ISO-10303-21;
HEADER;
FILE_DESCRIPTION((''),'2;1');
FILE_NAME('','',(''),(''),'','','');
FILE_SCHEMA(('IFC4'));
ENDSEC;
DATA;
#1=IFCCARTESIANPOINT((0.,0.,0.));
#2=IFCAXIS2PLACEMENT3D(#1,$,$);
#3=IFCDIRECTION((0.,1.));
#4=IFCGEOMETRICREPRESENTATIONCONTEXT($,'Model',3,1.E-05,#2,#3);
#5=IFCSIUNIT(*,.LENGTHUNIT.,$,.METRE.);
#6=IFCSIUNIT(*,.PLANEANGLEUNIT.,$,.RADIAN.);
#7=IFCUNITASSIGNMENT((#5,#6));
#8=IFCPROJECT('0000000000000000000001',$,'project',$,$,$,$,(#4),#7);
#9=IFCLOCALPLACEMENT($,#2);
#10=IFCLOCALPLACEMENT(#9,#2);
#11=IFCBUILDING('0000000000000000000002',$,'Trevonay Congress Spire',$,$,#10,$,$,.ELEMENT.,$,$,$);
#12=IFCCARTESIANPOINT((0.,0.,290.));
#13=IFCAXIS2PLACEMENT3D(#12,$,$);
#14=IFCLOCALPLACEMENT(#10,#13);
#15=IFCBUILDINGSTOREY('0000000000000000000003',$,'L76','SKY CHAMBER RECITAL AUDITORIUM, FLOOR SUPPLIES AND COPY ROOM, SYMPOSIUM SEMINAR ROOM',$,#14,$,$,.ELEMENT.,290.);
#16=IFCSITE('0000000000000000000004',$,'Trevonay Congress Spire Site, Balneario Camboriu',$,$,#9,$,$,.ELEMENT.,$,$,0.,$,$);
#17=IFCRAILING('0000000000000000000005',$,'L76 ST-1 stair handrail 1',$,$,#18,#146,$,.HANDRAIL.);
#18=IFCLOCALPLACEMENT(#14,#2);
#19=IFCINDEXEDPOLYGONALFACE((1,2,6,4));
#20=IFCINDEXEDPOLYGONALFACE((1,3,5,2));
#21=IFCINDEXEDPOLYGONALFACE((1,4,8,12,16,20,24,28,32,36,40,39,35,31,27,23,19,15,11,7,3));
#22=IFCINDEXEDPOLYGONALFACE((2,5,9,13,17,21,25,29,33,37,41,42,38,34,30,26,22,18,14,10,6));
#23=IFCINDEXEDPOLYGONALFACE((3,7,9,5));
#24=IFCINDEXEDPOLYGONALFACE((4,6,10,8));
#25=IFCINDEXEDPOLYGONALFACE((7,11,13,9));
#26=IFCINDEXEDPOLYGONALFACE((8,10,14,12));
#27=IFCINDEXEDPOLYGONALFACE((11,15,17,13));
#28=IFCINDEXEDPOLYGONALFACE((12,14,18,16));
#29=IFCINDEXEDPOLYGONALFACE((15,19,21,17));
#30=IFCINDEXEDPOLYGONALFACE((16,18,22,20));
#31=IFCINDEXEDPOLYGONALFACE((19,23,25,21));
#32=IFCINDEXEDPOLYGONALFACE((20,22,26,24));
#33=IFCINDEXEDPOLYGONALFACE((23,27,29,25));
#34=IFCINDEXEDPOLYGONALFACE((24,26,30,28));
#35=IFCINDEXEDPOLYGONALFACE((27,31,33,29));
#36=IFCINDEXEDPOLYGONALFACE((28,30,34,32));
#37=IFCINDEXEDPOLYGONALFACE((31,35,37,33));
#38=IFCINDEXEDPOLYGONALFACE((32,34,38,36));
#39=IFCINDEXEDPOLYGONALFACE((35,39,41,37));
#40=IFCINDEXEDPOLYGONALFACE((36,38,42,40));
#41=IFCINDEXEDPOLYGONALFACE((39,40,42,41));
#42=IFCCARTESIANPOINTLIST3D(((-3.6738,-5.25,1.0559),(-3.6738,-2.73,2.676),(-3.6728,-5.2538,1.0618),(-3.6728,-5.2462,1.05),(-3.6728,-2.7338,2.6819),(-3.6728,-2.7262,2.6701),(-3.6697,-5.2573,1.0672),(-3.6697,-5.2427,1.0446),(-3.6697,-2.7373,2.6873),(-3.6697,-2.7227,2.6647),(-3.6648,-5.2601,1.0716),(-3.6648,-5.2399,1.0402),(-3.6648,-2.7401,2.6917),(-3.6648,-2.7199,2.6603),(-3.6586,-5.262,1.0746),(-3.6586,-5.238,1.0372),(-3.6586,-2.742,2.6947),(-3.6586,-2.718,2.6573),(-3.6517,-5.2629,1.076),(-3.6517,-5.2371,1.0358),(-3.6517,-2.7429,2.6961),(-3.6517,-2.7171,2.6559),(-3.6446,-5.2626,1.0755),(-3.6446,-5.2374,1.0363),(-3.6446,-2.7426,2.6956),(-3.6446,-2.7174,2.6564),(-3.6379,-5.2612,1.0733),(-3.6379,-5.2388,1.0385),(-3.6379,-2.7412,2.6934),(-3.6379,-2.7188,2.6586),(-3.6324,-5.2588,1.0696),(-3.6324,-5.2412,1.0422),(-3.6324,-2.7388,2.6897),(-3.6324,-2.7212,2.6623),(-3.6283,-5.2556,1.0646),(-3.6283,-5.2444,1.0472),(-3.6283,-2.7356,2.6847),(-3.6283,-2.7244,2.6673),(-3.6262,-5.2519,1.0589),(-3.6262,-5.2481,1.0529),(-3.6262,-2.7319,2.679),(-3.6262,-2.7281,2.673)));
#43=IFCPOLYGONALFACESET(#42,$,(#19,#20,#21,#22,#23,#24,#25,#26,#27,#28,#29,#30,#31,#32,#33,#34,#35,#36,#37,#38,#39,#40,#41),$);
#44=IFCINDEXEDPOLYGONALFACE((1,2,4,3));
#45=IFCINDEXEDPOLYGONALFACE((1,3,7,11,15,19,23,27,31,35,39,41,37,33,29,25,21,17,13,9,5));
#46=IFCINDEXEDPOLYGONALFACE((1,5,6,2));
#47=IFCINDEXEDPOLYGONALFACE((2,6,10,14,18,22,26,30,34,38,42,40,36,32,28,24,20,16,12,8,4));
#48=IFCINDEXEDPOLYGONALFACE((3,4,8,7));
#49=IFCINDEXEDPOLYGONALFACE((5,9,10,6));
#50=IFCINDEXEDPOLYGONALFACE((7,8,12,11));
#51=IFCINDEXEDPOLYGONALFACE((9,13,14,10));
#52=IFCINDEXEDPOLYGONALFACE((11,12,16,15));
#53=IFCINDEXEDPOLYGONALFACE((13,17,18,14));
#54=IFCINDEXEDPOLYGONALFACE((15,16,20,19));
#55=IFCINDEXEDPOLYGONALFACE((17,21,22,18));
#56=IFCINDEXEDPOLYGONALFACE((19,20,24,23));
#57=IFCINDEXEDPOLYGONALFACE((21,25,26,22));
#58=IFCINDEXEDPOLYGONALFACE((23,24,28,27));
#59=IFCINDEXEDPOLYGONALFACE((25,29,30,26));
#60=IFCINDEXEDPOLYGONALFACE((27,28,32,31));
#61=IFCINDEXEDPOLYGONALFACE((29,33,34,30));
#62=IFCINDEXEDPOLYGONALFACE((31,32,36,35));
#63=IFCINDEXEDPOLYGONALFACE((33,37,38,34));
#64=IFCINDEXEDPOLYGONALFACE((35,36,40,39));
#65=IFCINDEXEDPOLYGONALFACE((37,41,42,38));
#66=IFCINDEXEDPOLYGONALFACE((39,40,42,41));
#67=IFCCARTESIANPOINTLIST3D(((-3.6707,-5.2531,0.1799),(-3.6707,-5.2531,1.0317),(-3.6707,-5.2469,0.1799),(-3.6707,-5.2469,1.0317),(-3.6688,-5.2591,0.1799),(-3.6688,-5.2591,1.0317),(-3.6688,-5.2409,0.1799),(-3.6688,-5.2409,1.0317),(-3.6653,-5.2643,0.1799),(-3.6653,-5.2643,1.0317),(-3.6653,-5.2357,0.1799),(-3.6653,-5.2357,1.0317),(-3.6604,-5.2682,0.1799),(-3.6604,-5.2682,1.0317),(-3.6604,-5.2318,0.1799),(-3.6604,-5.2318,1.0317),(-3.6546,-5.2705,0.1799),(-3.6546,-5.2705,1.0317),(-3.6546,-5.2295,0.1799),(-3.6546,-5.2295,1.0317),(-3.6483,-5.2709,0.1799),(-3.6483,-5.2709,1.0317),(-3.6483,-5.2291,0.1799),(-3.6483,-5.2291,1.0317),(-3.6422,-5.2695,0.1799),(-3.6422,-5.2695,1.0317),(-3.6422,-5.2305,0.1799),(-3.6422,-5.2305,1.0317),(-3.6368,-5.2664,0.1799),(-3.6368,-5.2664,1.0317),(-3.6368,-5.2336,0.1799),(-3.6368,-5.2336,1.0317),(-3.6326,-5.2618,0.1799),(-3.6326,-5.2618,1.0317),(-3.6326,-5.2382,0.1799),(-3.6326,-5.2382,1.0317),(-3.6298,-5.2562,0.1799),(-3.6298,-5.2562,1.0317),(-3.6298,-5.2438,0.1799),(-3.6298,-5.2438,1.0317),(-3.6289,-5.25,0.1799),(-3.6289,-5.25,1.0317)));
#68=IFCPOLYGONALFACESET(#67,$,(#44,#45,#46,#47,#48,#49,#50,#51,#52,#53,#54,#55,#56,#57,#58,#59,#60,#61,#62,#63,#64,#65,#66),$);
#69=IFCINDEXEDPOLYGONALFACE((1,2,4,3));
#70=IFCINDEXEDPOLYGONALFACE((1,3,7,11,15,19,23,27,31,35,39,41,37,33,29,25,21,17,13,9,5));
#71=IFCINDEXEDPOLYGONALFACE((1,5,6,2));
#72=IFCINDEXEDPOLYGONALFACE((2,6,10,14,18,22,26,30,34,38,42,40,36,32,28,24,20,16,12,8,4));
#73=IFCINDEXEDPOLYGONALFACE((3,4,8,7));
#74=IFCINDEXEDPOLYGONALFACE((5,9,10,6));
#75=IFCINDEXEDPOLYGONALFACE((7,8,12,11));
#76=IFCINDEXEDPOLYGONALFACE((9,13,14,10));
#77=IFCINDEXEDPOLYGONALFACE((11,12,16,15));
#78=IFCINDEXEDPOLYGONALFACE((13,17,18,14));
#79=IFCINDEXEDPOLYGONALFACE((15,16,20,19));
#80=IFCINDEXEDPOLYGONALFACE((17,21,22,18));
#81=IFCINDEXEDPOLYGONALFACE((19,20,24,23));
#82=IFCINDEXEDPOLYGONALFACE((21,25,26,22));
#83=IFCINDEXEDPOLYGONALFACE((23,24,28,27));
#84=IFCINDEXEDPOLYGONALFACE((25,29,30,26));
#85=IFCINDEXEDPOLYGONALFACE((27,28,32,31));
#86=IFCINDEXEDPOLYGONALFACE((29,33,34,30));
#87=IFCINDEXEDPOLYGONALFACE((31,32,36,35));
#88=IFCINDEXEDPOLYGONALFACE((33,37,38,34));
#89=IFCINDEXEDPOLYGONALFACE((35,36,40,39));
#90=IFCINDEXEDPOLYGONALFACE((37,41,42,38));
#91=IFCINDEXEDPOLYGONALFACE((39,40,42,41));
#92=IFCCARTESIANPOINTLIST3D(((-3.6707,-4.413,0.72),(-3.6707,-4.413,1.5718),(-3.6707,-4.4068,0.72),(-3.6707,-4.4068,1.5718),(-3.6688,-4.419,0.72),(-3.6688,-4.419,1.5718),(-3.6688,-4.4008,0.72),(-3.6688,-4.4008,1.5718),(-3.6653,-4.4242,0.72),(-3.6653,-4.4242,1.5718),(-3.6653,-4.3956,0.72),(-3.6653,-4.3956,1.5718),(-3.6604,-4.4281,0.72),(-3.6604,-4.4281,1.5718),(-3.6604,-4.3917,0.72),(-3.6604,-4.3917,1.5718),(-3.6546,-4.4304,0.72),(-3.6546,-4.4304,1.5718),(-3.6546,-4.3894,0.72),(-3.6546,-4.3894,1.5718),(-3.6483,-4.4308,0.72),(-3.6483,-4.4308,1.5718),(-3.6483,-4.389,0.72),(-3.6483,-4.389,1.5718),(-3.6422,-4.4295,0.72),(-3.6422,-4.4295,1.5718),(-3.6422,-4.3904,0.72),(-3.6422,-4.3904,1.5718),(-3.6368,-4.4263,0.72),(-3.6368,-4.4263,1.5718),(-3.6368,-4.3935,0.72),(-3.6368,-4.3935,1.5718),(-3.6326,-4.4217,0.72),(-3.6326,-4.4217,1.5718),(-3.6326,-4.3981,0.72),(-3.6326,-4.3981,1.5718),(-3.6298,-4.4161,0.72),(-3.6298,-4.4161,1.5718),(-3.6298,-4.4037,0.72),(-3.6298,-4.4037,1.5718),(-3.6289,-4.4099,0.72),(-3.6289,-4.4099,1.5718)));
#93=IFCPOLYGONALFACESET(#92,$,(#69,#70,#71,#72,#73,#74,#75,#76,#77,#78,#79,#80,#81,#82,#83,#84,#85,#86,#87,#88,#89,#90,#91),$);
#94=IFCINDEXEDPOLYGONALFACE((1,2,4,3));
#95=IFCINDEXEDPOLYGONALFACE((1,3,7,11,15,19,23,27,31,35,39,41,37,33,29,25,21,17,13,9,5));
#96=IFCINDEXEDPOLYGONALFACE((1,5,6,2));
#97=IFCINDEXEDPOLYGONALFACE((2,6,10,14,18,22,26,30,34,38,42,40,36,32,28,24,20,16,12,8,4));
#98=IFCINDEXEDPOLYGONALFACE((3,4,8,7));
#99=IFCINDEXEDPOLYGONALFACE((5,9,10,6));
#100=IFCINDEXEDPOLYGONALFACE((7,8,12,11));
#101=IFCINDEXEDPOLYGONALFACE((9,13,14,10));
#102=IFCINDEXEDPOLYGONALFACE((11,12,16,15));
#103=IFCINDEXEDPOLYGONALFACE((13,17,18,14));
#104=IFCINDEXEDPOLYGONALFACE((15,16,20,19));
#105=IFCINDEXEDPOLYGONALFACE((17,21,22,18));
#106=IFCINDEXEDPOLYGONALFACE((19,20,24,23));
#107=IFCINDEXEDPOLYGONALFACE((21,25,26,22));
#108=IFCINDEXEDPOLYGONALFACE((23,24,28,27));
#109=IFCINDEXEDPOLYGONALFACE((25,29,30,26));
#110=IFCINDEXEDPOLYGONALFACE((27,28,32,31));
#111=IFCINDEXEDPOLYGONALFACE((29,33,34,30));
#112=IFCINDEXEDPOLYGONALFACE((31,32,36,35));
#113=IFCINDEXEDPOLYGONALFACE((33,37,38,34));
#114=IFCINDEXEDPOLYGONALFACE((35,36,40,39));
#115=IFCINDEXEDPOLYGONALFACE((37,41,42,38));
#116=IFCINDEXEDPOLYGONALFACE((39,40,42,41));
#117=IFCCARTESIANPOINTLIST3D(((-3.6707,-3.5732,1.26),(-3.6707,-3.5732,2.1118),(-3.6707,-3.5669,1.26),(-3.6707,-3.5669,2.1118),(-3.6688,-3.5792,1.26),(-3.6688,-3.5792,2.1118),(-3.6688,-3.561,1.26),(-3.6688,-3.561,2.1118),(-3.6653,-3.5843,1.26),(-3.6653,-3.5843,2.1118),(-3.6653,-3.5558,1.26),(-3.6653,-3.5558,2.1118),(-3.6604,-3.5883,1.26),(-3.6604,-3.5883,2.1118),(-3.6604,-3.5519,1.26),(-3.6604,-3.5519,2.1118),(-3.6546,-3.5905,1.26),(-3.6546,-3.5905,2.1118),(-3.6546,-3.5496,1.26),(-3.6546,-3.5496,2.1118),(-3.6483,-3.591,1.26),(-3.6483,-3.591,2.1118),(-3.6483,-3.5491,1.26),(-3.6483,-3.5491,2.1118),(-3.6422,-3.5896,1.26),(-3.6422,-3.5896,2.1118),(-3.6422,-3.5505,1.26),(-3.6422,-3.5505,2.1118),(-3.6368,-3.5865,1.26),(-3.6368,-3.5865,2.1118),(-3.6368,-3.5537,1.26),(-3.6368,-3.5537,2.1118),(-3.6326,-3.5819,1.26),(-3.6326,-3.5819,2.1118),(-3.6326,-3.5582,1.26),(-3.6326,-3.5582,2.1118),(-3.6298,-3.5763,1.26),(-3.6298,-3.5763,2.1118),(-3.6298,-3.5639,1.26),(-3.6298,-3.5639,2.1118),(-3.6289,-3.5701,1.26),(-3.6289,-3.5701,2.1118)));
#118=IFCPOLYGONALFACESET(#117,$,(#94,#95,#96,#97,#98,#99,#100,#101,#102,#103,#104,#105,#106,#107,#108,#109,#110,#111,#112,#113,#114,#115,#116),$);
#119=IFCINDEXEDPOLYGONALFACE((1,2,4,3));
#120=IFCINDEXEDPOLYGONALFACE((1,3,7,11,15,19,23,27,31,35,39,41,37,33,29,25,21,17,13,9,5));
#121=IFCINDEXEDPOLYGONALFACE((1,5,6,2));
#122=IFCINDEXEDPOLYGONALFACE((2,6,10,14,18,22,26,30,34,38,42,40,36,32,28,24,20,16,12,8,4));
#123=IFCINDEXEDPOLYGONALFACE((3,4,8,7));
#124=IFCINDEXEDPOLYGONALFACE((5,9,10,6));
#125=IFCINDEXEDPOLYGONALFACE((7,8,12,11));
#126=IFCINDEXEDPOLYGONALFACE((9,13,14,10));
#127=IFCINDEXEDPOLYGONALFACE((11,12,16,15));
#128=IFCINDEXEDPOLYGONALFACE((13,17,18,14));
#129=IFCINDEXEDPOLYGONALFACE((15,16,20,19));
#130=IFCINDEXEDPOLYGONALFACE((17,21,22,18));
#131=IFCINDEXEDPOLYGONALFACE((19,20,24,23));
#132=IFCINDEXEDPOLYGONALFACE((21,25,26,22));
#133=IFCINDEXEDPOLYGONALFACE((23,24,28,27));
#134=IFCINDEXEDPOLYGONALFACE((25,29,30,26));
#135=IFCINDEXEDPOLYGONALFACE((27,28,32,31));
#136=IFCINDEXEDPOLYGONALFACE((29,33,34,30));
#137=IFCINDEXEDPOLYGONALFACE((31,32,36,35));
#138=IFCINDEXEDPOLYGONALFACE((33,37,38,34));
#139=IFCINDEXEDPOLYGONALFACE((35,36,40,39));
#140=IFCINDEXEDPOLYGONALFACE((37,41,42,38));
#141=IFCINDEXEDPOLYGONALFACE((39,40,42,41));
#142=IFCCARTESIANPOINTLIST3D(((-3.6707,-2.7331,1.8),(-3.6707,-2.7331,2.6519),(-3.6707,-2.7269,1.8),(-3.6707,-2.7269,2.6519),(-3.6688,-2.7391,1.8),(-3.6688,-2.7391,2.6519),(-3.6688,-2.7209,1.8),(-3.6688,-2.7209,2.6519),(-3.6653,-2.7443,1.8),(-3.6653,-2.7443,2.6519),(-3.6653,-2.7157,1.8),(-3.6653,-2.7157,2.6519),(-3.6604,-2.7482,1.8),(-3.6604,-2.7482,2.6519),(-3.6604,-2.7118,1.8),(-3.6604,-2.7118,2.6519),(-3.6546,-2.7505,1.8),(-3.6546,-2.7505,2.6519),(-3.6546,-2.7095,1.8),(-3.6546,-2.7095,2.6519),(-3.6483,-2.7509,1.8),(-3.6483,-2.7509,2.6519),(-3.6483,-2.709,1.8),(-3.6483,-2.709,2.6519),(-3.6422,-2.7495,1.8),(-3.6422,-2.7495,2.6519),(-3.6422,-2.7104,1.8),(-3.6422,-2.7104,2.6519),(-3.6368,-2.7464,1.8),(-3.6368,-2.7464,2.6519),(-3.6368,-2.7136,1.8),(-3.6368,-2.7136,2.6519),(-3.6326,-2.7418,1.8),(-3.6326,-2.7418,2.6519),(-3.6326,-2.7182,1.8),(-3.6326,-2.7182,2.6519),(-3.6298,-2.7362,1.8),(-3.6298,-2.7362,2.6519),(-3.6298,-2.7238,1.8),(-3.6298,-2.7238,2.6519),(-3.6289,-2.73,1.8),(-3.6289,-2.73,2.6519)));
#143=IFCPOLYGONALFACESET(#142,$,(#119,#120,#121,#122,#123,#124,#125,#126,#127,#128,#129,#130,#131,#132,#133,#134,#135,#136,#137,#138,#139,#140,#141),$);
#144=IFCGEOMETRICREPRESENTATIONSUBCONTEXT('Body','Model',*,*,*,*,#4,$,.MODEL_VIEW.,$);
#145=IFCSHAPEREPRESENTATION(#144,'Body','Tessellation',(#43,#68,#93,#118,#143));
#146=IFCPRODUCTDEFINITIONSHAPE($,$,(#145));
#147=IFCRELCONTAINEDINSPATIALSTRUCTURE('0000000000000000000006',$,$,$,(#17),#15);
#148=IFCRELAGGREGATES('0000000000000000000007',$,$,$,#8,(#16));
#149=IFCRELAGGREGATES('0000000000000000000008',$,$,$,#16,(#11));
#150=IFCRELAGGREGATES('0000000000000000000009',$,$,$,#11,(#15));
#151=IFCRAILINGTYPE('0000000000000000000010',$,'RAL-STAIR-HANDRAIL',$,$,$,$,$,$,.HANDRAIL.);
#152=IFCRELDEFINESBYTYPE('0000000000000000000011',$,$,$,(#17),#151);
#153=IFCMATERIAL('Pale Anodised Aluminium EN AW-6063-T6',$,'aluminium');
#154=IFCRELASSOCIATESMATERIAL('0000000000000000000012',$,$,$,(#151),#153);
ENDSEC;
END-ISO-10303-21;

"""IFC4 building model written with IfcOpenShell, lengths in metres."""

from ifc_helpers import new_model, si_unit, direction, frame, origin, origin_2d, place, context, subcontext, project, spatial, circle, extrude, material, type_object, element, save


model = new_model("IFC4")

# Units and contexts
model_context = context("Model", 3, precision=1e-05, world=origin(), true_north=direction((0.0, 1.0)))
body_context = subcontext(model_context, "Body", "Model", "MODEL_VIEW")
ifc_project = project(units=[si_unit("LENGTHUNIT", "METRE"), si_unit("PLANEANGLEUNIT", "RADIAN")], contexts=[model_context])

# Site, building, storey
site_placement = place(None, origin())
site = spatial("IfcSite", under=ifc_project, at=site_placement, Name="Trevonay Congress Spire Site, Balneario Camboriu", CompositionType="ELEMENT", RefElevation=0.0)
building_placement = place(site_placement, origin())
building = spatial("IfcBuilding", under=site, at=building_placement, Name="Trevonay Congress Spire", CompositionType="ELEMENT")
storey_placement = place(building_placement, frame((0.0, 0.0, 290.0)))
storey = spatial("IfcBuildingStorey", under=building, at=storey_placement, Name="L76", Description="SKY CHAMBER RECITAL AUDITORIUM, FLOOR SUPPLIES AND COPY ROOM, SYMPOSIUM SEMINAR ROOM", CompositionType="ELEMENT", Elevation=290.0)

# Railing
ifc_material_1 = material(Name="Pale Anodised Aluminium EN AW-6063-T6", Category="aluminium")
railing_type_1 = type_object("IfcRailingType", Name="RAL-STAIR-HANDRAIL", PredefinedType="HANDRAIL", material=ifc_material_1)
railing_1_placement = place(storey_placement, frame((-3.6499, -5.25, 0.1799)))
element("IfcRailing", 1, at=railing_1_placement, inside=storey, type_object=railing_type_1, Name="L76 ST-1 stair handrail 1", PredefinedType="HANDRAIL", context=body_context, shape_type="SweptSolid", body=[
    extrude(circle(Radius=0.0239, at=origin_2d()), frame((0.0, 0.0, 0.876), z_axis=(0.0, 0.841163, 0.540782), x_axis=(-1.0, 0.0, 0.0)), (0.0, 0.0, 1.0), 2.9958),
    extrude(circle(Radius=0.021, at=origin_2d()), origin(), (0.0, 0.0, 1.0), 0.8518),
    extrude(circle(Radius=0.021, at=origin_2d()), frame((0.0, 0.8401, 0.54)), (0.0, 0.0, 1.0), 0.8518),
    extrude(circle(Radius=0.021, at=origin_2d()), frame((0.0, 1.6799, 1.0801)), (0.0, 0.0, 1.0), 0.8518),
    extrude(circle(Radius=0.021, at=origin_2d()), frame((0.0, 2.52, 1.6201)), (0.0, 0.0, 1.0), 0.8518),
])

save(model, "model.ifc")
